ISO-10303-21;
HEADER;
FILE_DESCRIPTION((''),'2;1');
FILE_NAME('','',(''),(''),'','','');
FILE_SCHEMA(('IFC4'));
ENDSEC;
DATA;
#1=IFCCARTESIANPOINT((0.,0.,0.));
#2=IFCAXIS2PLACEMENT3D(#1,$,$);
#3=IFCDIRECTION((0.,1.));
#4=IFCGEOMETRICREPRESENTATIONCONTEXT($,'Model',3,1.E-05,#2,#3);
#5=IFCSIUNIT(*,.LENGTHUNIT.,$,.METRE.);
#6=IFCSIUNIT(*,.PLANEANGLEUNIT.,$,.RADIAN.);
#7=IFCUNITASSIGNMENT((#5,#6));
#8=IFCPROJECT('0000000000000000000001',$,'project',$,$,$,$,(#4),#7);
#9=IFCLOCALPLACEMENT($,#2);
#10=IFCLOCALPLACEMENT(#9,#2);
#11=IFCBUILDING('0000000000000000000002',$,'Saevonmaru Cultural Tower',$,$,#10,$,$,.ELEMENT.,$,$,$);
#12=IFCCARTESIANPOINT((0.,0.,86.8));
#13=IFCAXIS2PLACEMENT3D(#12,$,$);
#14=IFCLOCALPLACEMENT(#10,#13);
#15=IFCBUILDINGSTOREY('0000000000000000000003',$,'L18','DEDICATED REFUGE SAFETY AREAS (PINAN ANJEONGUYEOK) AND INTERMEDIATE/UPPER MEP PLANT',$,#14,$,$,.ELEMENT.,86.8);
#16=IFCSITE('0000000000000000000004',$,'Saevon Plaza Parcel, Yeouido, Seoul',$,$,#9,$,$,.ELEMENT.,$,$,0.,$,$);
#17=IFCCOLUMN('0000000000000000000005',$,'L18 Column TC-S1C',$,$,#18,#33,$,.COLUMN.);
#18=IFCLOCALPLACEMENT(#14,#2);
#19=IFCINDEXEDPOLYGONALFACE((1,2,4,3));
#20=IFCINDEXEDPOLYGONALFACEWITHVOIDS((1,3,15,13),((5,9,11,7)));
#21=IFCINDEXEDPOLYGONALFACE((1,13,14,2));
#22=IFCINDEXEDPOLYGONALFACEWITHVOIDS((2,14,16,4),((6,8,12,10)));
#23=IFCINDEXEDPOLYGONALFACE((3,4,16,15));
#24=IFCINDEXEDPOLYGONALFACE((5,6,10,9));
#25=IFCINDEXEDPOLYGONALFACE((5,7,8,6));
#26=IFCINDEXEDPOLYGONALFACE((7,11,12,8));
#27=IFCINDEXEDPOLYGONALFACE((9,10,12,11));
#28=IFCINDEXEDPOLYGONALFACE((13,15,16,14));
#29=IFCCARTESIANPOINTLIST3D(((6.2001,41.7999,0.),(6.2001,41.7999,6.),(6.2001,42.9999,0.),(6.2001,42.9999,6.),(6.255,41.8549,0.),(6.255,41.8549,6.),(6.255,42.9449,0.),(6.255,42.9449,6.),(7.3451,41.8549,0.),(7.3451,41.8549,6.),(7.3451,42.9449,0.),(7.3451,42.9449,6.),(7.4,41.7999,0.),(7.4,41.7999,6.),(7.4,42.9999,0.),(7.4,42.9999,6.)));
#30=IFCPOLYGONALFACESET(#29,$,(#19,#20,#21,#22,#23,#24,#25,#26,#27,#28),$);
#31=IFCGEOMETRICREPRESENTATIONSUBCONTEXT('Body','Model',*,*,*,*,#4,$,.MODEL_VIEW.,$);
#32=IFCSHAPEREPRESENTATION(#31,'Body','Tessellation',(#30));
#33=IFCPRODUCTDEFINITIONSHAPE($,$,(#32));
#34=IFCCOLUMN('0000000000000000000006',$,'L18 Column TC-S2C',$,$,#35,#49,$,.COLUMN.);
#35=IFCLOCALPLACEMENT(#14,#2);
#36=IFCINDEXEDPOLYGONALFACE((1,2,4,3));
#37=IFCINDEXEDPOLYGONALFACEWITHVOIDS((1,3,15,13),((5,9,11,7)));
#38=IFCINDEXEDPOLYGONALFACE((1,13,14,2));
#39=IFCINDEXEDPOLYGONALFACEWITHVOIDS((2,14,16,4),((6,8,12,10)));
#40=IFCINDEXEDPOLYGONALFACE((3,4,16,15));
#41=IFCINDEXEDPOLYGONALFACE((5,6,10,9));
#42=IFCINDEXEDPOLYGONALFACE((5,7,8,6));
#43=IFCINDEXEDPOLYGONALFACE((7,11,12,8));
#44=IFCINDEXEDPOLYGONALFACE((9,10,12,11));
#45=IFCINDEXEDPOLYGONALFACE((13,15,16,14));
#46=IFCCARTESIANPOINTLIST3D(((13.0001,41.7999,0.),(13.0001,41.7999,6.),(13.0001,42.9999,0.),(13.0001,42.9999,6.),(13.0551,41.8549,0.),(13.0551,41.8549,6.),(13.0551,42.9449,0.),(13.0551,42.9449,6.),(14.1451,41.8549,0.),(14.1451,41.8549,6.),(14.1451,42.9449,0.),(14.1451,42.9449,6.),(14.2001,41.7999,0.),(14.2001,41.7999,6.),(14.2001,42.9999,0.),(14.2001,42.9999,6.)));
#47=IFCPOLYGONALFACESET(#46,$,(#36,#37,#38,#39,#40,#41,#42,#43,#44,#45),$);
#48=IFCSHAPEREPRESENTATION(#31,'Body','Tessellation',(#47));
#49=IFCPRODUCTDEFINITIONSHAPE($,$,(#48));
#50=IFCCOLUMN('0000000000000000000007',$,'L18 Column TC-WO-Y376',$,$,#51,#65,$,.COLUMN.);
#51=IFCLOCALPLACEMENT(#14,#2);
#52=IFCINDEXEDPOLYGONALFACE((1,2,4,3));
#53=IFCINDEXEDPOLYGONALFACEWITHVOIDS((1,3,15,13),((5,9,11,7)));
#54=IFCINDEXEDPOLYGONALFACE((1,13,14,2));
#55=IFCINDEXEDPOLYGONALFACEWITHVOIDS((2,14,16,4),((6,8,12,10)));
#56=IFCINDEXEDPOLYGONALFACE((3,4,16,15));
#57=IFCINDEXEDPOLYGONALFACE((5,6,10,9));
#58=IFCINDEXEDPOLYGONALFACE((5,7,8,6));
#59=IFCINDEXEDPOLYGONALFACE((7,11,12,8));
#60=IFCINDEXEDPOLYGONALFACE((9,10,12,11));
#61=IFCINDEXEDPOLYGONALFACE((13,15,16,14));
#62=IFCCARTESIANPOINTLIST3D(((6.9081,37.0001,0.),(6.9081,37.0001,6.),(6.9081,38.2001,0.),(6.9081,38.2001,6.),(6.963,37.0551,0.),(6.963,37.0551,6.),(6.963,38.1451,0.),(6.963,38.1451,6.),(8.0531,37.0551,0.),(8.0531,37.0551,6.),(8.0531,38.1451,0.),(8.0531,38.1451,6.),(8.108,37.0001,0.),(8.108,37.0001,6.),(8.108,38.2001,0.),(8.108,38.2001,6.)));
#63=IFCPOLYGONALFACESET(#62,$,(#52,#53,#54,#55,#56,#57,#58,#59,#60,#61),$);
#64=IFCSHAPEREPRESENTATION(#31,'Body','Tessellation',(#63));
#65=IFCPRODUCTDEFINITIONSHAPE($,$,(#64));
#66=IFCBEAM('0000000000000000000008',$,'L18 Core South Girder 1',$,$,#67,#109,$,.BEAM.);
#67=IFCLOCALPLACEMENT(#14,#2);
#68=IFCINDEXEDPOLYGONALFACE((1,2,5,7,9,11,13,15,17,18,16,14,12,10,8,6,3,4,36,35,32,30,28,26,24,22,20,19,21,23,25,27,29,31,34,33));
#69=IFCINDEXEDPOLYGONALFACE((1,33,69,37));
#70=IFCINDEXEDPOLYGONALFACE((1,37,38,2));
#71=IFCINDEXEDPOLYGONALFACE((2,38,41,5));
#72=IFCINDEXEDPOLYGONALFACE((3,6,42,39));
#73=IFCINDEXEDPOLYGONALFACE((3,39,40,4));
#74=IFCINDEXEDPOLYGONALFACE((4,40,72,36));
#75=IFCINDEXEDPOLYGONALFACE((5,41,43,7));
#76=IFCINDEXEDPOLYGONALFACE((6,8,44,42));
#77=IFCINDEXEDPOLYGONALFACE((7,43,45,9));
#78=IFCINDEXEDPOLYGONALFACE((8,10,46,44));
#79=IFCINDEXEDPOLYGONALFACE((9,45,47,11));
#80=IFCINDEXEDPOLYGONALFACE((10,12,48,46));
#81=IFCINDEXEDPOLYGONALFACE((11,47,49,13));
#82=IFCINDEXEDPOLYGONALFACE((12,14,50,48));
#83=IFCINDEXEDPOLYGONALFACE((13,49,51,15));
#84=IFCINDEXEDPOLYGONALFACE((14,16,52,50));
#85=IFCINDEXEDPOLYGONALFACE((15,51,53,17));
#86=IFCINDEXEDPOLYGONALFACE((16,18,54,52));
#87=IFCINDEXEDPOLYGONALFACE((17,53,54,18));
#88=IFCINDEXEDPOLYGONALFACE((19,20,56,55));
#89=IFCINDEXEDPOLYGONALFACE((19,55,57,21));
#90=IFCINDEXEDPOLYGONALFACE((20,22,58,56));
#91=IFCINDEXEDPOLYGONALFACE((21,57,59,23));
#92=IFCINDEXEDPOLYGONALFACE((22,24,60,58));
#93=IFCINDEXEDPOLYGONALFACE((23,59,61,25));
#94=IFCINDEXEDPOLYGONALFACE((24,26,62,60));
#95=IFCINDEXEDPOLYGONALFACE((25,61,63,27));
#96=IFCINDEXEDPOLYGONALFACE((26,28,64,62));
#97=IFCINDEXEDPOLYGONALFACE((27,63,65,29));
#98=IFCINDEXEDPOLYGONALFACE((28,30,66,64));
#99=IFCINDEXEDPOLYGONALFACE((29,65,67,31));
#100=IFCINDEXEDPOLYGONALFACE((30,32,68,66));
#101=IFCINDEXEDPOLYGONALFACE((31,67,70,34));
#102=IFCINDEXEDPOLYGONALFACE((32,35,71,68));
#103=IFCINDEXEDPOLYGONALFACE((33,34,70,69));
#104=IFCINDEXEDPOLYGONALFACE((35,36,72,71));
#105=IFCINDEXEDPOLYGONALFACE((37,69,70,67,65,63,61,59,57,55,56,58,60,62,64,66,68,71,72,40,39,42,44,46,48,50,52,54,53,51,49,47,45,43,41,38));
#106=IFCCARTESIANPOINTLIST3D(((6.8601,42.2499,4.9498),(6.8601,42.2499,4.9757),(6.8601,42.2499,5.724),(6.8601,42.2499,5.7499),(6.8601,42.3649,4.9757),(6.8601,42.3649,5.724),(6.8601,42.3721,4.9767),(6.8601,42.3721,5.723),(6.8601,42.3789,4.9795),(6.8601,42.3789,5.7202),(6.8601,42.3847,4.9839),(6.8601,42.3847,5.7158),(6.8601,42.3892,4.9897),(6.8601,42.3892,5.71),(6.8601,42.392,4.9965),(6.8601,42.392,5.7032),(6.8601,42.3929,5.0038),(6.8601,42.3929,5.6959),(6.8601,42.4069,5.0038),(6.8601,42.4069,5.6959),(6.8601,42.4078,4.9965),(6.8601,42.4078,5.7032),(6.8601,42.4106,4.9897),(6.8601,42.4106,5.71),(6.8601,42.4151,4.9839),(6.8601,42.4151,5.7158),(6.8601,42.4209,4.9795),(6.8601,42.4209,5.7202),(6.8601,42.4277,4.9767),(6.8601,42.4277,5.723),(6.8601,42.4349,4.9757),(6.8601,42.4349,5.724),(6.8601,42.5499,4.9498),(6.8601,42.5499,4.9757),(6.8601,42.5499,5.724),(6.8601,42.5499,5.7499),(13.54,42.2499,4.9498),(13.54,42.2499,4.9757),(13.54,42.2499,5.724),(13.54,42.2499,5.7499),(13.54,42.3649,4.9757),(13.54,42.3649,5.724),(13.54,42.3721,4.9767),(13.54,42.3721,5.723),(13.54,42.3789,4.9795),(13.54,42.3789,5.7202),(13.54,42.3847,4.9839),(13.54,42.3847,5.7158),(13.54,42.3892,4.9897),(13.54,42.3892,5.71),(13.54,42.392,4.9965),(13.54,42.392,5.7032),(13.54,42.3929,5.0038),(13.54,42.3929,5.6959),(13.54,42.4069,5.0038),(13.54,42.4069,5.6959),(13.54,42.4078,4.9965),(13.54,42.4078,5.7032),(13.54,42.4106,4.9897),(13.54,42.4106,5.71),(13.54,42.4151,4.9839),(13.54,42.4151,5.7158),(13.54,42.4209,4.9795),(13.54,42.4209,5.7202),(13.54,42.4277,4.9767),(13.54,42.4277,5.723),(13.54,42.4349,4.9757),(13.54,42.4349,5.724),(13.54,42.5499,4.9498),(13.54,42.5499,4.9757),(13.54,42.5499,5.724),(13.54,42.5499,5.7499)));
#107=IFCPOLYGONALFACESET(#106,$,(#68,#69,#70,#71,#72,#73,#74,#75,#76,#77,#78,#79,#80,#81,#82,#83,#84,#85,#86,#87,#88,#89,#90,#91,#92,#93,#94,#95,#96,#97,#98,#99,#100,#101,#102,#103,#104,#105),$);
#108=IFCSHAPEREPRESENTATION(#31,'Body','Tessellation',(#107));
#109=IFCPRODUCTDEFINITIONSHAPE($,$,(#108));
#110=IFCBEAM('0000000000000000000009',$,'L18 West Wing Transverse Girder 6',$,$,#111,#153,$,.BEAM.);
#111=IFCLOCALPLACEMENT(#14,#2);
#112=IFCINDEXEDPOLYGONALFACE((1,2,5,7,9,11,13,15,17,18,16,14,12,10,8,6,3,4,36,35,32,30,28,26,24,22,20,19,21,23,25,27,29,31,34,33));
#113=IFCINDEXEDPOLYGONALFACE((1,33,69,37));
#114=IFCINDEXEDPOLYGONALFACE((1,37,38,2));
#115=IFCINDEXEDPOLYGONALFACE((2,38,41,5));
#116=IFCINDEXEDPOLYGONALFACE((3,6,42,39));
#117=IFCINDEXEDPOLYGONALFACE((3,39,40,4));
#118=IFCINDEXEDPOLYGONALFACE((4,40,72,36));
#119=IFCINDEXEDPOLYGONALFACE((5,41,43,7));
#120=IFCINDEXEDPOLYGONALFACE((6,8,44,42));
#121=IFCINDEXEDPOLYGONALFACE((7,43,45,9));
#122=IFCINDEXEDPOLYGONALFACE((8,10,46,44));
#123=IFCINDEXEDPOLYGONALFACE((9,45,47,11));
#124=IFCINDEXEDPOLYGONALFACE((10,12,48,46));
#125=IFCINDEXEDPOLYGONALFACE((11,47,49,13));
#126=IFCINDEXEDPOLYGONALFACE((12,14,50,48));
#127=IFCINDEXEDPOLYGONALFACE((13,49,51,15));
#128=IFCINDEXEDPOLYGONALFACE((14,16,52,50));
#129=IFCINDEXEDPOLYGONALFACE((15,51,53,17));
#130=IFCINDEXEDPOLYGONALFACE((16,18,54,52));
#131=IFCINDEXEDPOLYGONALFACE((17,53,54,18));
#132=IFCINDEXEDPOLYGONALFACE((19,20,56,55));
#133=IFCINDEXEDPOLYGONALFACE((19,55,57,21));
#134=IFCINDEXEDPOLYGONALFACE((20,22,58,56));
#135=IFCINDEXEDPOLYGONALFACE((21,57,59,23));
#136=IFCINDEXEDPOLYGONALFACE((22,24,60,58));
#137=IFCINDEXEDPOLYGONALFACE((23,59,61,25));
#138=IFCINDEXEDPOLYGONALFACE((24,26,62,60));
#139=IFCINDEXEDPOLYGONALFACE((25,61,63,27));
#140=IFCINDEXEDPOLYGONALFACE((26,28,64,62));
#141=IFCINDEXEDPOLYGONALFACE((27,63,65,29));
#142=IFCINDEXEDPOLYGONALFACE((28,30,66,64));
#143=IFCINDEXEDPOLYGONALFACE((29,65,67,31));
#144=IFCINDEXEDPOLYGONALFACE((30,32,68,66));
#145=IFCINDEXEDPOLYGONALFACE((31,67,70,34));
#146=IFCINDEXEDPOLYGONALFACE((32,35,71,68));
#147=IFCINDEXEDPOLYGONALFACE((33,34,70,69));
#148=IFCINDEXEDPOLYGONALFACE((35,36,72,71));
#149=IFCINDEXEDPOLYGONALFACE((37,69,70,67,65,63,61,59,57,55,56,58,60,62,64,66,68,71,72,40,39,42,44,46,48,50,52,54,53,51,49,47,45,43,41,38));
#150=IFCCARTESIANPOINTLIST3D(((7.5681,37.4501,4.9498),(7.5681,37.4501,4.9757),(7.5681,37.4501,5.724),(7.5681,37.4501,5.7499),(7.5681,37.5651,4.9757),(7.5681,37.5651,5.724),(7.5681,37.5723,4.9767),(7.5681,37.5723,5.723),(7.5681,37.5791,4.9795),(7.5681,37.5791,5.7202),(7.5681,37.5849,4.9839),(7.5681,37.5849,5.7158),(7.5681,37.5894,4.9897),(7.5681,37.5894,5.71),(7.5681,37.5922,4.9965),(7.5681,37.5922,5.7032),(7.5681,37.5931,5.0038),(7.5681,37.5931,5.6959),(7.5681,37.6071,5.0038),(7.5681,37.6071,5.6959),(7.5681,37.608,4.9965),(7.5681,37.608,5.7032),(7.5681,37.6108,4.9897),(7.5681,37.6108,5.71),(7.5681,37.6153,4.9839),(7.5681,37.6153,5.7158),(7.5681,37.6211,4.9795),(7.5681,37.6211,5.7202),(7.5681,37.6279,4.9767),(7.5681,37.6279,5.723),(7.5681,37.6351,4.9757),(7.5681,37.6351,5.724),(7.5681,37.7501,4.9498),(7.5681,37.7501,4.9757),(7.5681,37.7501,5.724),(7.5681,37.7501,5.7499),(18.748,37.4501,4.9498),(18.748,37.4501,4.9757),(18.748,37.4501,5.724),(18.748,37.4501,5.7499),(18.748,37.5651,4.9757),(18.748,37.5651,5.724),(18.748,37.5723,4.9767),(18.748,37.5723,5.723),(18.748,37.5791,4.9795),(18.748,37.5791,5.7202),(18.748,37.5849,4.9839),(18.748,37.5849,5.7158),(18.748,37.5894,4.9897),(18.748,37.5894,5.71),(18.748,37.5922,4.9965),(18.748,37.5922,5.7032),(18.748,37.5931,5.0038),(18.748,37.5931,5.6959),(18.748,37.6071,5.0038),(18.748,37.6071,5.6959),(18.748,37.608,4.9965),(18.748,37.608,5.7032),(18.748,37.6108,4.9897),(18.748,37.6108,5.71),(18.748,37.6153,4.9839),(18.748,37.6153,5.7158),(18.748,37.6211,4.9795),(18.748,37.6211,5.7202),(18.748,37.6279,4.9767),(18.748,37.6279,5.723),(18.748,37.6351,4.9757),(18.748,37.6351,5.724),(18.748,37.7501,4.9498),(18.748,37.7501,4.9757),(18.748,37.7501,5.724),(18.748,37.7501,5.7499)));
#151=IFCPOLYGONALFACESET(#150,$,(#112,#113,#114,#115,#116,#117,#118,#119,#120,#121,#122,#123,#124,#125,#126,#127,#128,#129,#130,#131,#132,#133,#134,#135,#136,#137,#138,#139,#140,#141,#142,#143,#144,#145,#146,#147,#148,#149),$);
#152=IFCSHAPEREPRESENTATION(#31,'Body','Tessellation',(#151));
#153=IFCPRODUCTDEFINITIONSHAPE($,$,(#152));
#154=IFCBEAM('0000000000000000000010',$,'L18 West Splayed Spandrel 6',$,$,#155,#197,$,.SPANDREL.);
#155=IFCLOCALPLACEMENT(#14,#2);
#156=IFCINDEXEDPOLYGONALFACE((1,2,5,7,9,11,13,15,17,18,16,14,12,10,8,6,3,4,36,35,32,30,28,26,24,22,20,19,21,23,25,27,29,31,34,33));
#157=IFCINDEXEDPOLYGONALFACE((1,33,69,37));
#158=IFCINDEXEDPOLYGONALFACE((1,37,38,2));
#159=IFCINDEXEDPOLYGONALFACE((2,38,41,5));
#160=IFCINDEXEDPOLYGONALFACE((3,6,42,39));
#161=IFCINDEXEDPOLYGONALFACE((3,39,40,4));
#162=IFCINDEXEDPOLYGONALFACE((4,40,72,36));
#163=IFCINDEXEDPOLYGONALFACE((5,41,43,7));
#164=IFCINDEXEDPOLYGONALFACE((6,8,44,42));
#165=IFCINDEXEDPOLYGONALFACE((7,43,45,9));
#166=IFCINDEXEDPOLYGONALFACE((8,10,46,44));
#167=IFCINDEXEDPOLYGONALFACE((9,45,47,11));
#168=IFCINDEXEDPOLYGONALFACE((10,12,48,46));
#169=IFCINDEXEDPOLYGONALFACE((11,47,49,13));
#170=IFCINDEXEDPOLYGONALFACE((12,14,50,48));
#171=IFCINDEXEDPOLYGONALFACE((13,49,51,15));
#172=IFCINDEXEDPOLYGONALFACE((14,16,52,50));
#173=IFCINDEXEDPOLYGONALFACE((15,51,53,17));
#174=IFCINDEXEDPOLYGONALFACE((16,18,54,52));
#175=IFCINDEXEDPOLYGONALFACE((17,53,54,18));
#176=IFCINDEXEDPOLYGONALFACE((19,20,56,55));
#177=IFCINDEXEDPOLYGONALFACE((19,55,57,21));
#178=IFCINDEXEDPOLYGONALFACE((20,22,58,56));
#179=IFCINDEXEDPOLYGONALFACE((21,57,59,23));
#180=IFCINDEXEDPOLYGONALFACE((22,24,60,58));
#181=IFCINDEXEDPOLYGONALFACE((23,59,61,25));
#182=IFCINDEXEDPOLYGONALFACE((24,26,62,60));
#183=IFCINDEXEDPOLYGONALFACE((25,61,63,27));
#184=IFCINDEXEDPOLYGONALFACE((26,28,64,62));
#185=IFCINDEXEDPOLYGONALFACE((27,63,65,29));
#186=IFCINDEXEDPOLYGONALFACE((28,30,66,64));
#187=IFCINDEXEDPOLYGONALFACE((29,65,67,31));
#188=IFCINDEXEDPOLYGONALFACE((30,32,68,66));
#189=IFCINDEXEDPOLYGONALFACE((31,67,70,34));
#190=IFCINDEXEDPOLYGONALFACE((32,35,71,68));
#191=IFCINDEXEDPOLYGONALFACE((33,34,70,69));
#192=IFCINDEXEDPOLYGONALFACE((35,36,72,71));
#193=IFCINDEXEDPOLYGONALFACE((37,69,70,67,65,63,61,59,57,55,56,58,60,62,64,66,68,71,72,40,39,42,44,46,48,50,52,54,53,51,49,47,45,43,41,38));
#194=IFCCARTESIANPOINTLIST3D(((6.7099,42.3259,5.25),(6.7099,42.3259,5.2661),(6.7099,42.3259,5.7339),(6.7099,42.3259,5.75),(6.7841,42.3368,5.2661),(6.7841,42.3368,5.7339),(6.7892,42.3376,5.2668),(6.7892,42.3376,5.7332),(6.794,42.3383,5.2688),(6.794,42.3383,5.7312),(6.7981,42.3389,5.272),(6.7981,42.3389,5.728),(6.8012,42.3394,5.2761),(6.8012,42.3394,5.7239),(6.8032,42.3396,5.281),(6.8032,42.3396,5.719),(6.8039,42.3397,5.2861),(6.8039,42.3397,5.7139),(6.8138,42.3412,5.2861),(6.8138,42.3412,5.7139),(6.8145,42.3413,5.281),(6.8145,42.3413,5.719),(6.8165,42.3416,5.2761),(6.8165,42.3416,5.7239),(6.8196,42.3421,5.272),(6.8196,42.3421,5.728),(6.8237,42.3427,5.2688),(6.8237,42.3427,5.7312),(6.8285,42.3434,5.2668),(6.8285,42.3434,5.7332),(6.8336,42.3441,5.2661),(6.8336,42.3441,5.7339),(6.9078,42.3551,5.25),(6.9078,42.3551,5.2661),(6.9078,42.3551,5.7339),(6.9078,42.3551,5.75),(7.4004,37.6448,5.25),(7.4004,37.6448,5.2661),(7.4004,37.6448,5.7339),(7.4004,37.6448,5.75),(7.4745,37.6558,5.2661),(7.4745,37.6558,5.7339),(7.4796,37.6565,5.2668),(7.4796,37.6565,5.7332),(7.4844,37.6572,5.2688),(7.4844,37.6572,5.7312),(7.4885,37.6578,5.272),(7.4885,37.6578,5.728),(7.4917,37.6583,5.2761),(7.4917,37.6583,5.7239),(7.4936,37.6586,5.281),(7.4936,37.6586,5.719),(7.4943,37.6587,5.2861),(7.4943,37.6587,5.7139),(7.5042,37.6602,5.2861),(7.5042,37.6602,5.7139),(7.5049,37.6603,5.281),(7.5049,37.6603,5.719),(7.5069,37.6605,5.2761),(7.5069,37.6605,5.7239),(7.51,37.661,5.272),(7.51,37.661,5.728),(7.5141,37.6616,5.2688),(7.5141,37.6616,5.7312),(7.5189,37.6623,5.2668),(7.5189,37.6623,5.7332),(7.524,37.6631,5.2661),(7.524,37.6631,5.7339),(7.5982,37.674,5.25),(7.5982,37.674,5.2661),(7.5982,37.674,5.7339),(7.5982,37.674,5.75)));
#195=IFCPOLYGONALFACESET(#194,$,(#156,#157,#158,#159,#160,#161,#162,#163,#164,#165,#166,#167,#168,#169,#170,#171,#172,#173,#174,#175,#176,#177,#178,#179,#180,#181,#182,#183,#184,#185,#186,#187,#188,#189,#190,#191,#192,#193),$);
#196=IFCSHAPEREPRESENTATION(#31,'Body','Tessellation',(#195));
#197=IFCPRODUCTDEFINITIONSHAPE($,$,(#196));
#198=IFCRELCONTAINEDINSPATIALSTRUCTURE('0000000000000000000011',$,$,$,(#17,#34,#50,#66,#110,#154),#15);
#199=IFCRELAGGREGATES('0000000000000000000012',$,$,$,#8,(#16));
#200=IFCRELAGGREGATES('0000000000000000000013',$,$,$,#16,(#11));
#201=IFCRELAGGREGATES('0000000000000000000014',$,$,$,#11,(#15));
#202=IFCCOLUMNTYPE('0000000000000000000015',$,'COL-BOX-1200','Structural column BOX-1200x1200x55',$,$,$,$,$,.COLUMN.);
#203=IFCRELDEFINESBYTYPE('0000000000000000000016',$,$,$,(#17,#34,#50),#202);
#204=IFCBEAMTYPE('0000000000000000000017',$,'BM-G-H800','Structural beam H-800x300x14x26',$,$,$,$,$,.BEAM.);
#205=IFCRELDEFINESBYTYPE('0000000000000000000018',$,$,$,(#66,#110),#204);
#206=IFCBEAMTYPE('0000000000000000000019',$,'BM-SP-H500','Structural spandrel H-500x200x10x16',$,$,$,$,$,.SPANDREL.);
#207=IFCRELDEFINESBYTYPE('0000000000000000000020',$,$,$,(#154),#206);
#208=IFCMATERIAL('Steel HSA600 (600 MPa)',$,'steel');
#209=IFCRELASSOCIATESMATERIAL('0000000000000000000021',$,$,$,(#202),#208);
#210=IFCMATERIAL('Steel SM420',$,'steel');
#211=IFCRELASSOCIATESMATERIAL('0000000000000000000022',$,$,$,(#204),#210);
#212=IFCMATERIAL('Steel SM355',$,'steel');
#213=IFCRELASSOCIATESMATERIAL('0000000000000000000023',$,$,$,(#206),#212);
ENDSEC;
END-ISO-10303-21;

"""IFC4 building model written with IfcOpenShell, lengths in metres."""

from ifc_helpers import new_model, si_unit, direction, frame, origin, origin_2d, place, context, subcontext, project, spatial, hollow_rectangle, i_section, extrude, material, material_profile, profile_set, type_object, element, save


model = new_model("IFC4")

# Units and contexts
model_context = context("Model", 3, precision=1e-05, world=origin(), true_north=direction((0.0, 1.0)))
body_context = subcontext(model_context, "Body", "Model", "MODEL_VIEW")
ifc_project = project(units=[si_unit("LENGTHUNIT", "METRE"), si_unit("PLANEANGLEUNIT", "RADIAN")], contexts=[model_context])

# Site, building, storey
site_placement = place(None, origin())
site = spatial("IfcSite", under=ifc_project, at=site_placement, Name="Saevon Plaza Parcel, Yeouido, Seoul", CompositionType="ELEMENT", RefElevation=0.0)
building_placement = place(site_placement, origin())
building = spatial("IfcBuilding", under=site, at=building_placement, Name="Saevonmaru Cultural Tower", CompositionType="ELEMENT")
storey_placement = place(building_placement, frame((0.0, 0.0, 86.8)))
storey = spatial("IfcBuildingStorey", under=building, at=storey_placement, Name="L18", Description="DEDICATED REFUGE SAFETY AREAS (PINAN ANJEONGUYEOK) AND INTERMEDIATE/UPPER MEP PLANT", CompositionType="ELEMENT", Elevation=86.8)

# Columns
ifc_material_1 = material(Name="Steel HSA600 (600 MPa)", Category="steel")
ifc_material_profile_1 = material_profile(ifc_material_1, hollow_rectangle(XDim=1.2, YDim=1.2, WallThickness=0.0549, at=origin_2d()), Name="BOX-1200x1200x55")
ifc_profile_set_1 = profile_set([ifc_material_profile_1], Name="Steel HSA600 (600 MPa)")
column_type = type_object("IfcColumnType", Name="COL-BOX-1200", Description="Structural column BOX-1200x1200x55", PredefinedType="COLUMN", material=ifc_profile_set_1)
for number, where, z_axis, x_axis, name in (
    (1, (6.8, 42.3999, 0.0), (0.0, 0.0, 1.0), (1.0, 0.0, 0.0), "L18 Column TC-S1C"),
    (2, (13.6001, 42.3999, 0.0), (0.0, 0.0, 1.0), (1.0, 0.0, 0.0), "L18 Column TC-S2C"),
    (3, (7.5081, 37.6001, 0.0), (0.0, 0.0, 1.0), (1.0, 0.0, 0.0), "L18 Column TC-WO-Y376"),
):
    element("IfcColumn", number, at=place(storey_placement, frame(where, z_axis=z_axis, x_axis=x_axis)), inside=storey, type_object=column_type, Name=name, PredefinedType="COLUMN", context=body_context, shape_type="SweptSolid", body=[
        extrude(hollow_rectangle(XDim=1.2, YDim=1.2, WallThickness=0.0549, at=origin_2d()), origin(), (0.0, 0.0, 1.0), 6.0),
    ])

# Beams
ifc_material_2 = material(Name="Steel SM420", Category="steel")
ifc_material_profile_2 = material_profile(ifc_material_2, i_section(OverallWidth=0.3, OverallDepth=0.8, WebThickness=0.0139, FlangeThickness=0.0259, FilletRadius=0.0281, at=origin_2d()), Name="H-800x300x14x26")
ifc_profile_set_2 = profile_set([ifc_material_profile_2], Name="Steel SM420")
beam_type_1 = type_object("IfcBeamType", Name="BM-G-H800", Description="Structural beam H-800x300x14x26", PredefinedType="BEAM", material=ifc_profile_set_2)
beam_1_placement = place(storey_placement, frame((6.8601, 42.3999, 5.3499), z_axis=(1.0, 0.0, 0.0), x_axis=(0.0, 1.0, 0.0)))
element("IfcBeam", 4, at=beam_1_placement, inside=storey, type_object=beam_type_1, Name="L18 Core South Girder 1", PredefinedType="BEAM", context=body_context, shape_type="SweptSolid", body=[
    extrude(i_section(OverallWidth=0.3, OverallDepth=0.8, WebThickness=0.0139, FlangeThickness=0.0259, FilletRadius=0.0281, at=origin_2d()), origin(), (0.0, 0.0, 1.0), 6.6799),
])
beam_2_placement = place(storey_placement, frame((7.5681, 37.6001, 5.3499), z_axis=(1.0, 0.0, 0.0), x_axis=(0.0, 1.0, 0.0)))
element("IfcBeam", 5, at=beam_2_placement, inside=storey, type_object=beam_type_1, Name="L18 West Wing Transverse Girder 6", PredefinedType="BEAM", context=body_context, shape_type="SweptSolid", body=[
    extrude(i_section(OverallWidth=0.3, OverallDepth=0.8, WebThickness=0.0139, FlangeThickness=0.0259, FilletRadius=0.0281, at=origin_2d()), origin(), (0.0, 0.0, 1.0), 11.1799),
])
ifc_material_3 = material(Name="Steel SM355", Category="steel")
ifc_material_profile_3 = material_profile(ifc_material_3, i_section(OverallWidth=0.2, OverallDepth=0.5, WebThickness=0.01, FlangeThickness=0.0161, FilletRadius=0.02, at=origin_2d()), Name="H-500x200x10x16")
ifc_profile_set_3 = profile_set([ifc_material_profile_3], Name="Steel SM355")
beam_type_2 = type_object("IfcBeamType", Name="BM-SP-H500", Description="Structural spandrel H-500x200x10x16", PredefinedType="SPANDREL", material=ifc_profile_set_3)
beam_3_placement = place(storey_placement, frame((7.4993, 37.6594, 5.5), z_axis=(-0.145913, 0.989297, 0.0), x_axis=(-0.989297, -0.145913, 0.0)))
element("IfcBeam", 6, at=beam_3_placement, inside=storey, type_object=beam_type_2, Name="L18 West Splayed Spandrel 6", PredefinedType="SPANDREL", context=body_context, shape_type="SweptSolid", body=[
    extrude(i_section(OverallWidth=0.2, OverallDepth=0.5, WebThickness=0.01, FlangeThickness=0.0161, FilletRadius=0.02, at=origin_2d()), origin(), (0.0, 0.0, 1.0), 4.7317),
])

save(model, "model.ifc")
